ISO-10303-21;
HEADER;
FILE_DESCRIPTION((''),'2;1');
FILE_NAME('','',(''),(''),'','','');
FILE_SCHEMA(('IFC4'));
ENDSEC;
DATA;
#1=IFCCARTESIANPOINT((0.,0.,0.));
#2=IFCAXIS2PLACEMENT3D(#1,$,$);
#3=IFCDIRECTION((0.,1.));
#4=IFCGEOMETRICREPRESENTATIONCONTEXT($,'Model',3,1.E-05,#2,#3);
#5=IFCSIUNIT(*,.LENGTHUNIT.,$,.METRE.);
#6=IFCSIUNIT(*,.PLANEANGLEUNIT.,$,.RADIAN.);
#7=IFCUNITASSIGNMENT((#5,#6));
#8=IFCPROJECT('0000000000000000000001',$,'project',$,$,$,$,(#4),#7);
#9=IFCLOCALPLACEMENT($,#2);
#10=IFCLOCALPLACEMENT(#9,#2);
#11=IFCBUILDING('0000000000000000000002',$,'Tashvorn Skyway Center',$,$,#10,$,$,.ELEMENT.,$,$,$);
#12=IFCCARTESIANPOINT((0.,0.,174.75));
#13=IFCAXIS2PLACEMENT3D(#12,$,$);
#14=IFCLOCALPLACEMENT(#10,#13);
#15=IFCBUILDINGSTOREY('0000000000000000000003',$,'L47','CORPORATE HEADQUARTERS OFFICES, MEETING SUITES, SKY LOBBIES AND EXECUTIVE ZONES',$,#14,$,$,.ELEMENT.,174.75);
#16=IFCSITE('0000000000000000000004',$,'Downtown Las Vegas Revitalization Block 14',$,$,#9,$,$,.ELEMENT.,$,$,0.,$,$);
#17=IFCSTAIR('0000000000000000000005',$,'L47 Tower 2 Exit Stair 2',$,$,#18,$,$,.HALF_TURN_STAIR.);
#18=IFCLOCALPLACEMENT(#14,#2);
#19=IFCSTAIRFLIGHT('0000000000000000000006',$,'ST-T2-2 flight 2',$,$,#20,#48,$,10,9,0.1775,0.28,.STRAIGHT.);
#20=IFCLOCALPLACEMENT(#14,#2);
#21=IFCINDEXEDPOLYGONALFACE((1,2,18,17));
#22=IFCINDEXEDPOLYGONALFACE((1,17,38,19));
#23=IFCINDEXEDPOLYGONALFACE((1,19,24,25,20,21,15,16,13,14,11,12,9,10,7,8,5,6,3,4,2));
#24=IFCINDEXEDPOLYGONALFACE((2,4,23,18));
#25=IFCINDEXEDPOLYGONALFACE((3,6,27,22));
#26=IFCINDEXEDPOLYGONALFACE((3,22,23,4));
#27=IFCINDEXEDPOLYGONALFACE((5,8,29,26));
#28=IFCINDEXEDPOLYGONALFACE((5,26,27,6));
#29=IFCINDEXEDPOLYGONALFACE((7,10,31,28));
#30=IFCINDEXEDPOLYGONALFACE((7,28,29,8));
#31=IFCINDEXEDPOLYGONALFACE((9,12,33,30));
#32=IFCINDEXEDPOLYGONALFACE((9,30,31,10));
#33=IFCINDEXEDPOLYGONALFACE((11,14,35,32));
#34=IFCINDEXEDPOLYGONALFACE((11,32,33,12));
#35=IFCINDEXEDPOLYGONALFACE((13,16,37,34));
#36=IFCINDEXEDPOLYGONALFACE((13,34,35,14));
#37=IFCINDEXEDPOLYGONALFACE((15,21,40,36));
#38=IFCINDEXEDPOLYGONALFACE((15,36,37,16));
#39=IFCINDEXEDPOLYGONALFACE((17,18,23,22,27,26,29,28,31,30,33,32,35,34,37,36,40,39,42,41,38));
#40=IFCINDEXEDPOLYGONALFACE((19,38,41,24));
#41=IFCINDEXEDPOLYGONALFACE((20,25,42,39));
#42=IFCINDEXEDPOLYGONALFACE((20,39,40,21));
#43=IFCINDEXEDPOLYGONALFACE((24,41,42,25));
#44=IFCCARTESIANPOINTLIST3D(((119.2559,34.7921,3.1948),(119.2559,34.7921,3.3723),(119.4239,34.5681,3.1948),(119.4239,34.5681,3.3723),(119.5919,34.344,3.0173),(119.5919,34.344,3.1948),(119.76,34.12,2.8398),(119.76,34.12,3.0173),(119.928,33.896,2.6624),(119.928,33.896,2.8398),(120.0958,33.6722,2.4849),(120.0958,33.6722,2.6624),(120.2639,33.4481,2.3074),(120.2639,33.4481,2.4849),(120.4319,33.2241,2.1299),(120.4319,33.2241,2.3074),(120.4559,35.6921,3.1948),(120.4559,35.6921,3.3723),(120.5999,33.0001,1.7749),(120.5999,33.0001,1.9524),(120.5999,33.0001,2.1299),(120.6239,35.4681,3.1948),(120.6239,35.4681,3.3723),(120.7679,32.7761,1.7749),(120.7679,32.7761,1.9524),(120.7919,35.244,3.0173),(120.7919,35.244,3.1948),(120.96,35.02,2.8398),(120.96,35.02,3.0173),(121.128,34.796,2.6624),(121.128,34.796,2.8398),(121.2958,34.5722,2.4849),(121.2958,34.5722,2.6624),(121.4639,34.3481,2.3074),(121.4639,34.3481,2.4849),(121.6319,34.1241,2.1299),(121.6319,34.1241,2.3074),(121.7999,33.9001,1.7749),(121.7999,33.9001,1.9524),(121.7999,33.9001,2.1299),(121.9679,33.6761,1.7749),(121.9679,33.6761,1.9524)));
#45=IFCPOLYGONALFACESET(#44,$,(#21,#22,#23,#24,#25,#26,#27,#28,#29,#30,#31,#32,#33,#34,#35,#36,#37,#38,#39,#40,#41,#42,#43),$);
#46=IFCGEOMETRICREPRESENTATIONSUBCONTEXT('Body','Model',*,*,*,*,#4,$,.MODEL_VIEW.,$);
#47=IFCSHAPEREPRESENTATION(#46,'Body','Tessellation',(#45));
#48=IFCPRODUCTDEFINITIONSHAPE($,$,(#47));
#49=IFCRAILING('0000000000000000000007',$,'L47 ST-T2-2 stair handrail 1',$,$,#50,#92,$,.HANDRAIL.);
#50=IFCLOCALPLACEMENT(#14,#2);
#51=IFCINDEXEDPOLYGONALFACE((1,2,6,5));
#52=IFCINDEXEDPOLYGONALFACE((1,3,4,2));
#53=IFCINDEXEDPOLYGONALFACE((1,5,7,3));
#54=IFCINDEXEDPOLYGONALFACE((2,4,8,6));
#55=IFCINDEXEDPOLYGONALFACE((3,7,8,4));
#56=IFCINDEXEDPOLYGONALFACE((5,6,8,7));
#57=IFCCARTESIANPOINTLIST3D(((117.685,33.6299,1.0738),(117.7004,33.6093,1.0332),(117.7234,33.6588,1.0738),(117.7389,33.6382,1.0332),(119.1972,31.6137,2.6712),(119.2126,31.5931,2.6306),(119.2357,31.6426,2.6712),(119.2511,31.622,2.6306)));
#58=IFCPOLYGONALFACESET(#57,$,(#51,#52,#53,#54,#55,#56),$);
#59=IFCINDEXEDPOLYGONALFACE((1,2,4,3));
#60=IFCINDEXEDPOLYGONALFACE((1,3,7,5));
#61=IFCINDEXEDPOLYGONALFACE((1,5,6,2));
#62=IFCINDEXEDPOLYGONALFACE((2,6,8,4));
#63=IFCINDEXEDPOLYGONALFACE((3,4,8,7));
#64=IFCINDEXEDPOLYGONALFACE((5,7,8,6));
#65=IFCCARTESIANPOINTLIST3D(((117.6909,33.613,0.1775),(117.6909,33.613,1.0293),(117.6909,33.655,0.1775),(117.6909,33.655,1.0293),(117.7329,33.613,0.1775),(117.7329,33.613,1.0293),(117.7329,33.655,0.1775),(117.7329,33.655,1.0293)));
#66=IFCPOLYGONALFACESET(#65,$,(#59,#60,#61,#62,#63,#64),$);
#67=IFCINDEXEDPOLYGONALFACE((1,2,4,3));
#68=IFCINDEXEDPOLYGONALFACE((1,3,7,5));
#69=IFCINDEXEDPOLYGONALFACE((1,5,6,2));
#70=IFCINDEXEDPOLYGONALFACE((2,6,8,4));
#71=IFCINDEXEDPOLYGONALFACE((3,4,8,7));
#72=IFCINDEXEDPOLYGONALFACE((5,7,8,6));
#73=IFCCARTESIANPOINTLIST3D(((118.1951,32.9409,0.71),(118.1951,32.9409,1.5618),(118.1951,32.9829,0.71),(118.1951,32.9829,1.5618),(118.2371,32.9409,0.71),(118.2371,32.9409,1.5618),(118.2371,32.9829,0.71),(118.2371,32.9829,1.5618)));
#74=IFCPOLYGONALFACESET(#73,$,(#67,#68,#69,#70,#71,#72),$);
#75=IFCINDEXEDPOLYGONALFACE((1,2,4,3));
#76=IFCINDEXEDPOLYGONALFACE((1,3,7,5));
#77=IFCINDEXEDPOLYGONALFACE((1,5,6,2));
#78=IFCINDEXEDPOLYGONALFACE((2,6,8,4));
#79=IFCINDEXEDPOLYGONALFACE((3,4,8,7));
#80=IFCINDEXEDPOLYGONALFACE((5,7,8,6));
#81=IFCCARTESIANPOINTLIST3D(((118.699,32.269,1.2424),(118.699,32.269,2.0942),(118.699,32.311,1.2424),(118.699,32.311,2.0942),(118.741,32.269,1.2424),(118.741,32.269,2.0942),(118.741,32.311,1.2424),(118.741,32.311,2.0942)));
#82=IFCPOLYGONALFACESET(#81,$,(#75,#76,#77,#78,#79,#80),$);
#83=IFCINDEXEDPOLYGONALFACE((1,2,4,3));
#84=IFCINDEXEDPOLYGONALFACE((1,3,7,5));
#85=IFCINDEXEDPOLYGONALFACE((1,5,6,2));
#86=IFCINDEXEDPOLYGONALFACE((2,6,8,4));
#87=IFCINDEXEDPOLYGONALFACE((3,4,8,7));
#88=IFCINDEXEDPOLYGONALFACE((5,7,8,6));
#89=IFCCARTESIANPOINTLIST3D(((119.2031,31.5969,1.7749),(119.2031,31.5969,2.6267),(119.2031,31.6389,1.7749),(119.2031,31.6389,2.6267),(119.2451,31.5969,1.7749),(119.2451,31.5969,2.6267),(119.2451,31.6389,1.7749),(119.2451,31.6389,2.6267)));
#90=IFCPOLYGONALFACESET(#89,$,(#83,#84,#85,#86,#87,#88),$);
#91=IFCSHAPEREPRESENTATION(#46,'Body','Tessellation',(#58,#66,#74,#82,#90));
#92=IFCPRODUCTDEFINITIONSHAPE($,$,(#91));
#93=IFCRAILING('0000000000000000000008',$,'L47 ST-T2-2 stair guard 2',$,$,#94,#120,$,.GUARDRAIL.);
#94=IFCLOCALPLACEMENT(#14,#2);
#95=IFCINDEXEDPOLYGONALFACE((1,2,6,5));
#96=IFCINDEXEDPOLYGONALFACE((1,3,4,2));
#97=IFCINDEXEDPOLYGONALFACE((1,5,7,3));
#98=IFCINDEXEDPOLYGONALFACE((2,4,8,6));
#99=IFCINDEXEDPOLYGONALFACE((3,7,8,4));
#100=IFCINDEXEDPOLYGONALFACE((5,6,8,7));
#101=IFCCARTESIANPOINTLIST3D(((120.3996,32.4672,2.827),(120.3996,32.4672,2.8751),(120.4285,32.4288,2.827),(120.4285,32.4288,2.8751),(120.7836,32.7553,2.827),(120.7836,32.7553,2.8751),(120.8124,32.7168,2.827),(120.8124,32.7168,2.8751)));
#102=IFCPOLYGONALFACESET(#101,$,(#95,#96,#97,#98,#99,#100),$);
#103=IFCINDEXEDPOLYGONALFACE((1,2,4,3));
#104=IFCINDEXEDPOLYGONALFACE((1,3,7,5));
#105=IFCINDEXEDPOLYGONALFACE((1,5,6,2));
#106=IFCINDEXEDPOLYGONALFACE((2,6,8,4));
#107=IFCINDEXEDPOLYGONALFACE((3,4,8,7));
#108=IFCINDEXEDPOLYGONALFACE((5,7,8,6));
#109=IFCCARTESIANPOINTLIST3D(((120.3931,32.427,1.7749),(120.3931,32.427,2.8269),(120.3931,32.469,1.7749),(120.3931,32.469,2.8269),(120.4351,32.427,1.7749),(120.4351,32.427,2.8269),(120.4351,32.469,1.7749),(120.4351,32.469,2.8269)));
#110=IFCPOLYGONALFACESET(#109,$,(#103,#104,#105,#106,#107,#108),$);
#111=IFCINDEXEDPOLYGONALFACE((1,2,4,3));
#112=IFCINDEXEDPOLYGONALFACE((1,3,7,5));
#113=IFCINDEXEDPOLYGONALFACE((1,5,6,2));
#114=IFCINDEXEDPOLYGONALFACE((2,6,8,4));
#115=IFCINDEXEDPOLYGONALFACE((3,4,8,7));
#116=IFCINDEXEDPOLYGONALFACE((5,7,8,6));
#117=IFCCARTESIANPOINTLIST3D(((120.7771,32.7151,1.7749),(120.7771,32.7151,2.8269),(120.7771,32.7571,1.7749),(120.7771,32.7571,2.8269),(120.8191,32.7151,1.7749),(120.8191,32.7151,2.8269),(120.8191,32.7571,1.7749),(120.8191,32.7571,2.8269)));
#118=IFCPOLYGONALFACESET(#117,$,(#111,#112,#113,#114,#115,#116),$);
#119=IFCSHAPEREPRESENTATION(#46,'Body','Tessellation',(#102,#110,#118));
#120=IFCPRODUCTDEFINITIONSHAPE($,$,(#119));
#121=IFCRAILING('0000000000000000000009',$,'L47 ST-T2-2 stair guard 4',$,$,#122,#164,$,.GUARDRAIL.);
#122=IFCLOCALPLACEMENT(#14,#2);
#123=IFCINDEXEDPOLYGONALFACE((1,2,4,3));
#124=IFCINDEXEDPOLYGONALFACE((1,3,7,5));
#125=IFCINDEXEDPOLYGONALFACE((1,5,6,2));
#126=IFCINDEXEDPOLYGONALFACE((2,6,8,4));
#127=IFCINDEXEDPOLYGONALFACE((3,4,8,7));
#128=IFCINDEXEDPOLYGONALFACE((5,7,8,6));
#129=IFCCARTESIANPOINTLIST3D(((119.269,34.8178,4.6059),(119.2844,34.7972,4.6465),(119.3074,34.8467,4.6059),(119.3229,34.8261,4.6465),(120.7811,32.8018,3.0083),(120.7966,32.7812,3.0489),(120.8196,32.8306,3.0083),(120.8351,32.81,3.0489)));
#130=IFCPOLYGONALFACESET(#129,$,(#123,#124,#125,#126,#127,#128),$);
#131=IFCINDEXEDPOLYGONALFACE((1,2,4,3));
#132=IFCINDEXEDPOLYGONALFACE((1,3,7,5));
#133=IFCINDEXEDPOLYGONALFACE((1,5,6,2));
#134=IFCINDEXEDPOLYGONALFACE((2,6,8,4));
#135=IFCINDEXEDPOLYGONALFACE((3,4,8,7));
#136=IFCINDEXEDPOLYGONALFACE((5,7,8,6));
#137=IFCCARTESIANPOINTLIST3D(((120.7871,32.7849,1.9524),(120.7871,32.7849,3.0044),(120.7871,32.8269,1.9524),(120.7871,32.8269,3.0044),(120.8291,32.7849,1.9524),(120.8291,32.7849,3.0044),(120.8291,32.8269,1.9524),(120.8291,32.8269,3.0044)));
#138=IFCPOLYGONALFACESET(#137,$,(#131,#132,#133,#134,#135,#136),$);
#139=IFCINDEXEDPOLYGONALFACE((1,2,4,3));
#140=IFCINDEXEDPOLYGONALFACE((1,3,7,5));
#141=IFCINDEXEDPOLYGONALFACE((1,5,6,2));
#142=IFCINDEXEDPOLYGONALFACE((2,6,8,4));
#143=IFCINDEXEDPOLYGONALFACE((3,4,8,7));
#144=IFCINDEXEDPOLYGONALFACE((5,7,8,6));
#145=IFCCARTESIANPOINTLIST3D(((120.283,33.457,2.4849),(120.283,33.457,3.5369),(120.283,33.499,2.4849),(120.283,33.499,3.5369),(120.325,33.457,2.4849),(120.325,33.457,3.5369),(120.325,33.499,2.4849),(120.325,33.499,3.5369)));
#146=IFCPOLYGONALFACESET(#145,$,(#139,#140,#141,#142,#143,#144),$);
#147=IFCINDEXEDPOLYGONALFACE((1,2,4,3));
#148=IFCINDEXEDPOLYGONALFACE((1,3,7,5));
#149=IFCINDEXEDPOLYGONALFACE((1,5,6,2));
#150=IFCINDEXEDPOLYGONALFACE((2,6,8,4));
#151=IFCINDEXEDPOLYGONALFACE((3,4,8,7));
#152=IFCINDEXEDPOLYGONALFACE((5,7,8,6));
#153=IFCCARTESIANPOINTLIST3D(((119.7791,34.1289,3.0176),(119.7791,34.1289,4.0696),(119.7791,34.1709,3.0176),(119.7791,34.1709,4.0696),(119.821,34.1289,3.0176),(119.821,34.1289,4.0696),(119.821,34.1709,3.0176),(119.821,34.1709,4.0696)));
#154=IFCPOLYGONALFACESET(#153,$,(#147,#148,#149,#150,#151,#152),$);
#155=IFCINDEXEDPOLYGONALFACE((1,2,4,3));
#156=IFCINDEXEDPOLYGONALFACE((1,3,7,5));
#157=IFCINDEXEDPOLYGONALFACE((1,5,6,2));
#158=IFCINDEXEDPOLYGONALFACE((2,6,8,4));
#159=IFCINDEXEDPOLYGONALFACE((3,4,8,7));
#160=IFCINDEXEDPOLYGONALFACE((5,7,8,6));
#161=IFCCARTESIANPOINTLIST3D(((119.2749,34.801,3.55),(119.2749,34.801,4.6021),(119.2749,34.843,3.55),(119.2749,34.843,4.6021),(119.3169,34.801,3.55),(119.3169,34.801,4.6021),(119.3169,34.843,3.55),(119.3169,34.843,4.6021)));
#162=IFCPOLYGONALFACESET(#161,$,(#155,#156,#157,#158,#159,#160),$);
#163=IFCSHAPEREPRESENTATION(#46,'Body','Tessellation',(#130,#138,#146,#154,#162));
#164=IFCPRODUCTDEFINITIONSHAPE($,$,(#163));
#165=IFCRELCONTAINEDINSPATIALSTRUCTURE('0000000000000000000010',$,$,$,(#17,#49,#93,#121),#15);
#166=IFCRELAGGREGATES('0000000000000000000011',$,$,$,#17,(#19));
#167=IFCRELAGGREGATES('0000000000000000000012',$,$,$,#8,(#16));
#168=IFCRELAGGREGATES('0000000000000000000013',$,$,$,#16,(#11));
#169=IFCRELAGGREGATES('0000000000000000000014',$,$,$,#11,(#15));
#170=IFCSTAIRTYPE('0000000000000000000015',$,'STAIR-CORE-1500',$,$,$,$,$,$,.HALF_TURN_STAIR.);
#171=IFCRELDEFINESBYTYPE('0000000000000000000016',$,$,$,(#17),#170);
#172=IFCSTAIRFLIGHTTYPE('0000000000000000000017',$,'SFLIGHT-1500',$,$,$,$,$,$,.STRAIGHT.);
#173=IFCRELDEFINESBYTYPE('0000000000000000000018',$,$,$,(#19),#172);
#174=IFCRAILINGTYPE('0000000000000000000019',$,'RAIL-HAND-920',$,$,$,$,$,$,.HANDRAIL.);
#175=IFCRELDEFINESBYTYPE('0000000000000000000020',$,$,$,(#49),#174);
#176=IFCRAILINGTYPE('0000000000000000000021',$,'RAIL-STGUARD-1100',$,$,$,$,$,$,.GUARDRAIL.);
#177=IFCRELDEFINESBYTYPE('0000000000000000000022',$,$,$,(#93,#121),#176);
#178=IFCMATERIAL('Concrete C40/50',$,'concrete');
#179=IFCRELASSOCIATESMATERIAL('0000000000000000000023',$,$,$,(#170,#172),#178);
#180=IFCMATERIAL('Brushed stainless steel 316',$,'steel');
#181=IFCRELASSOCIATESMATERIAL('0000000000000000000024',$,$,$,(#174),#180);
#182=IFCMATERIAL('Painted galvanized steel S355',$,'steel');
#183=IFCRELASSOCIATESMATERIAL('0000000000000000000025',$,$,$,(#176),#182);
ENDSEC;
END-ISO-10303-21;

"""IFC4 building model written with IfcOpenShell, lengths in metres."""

from ifc_helpers import new_model, si_unit, direction, frame, origin, origin_2d, place, context, subcontext, project, spatial, polyline, rectangle, outline, extrude, material, type_object, element, aggregate, save


model = new_model("IFC4")

# Units and contexts
model_context = context("Model", 3, precision=1e-05, world=origin(), true_north=direction((0.0, 1.0)))
body_context = subcontext(model_context, "Body", "Model", "MODEL_VIEW")
ifc_project = project(units=[si_unit("LENGTHUNIT", "METRE"), si_unit("PLANEANGLEUNIT", "RADIAN")], contexts=[model_context])

# Site, building, storey
site_placement = place(None, origin())
site = spatial("IfcSite", under=ifc_project, at=site_placement, Name="Downtown Las Vegas Revitalization Block 14", CompositionType="ELEMENT", RefElevation=0.0)
building_placement = place(site_placement, origin())
building = spatial("IfcBuilding", under=site, at=building_placement, Name="Tashvorn Skyway Center", CompositionType="ELEMENT")
storey_placement = place(building_placement, frame((0.0, 0.0, 174.75)))
storey = spatial("IfcBuildingStorey", under=building, at=storey_placement, Name="L47", Description="CORPORATE HEADQUARTERS OFFICES, MEETING SUITES, SKY LOBBIES AND EXECUTIVE ZONES", CompositionType="ELEMENT", Elevation=174.75)

# Shared definitions
ifc_material_1 = material(Name="Concrete C40/50", Category="concrete")

# Stair, stair flight
stair_type = type_object("IfcStairType", Name="STAIR-CORE-1500", PredefinedType="HALF_TURN_STAIR", material=ifc_material_1)
stair_placement = place(storey_placement, origin())
stair = element("IfcStair", 1, at=stair_placement, inside=storey, type_object=stair_type, Name="L47 Tower 2 Exit Stair 2", PredefinedType="HALF_TURN_STAIR")
stair_flight_type = type_object("IfcStairFlightType", Name="SFLIGHT-1500", PredefinedType="STRAIGHT", material=ifc_material_1)
stair_flight_placement = place(storey_placement, frame((121.3679, 33.2261, 1.7749), z_axis=(0.0, 0.0, 1.0), x_axis=(-0.6, 0.8, 0.0)))
stair_flight = element("IfcStairFlight", 2, at=stair_flight_placement, type_object=stair_flight_type, Name="ST-T2-2 flight 2", NumberOfRisers=10, NumberOfTreads=9, PredefinedType="STRAIGHT", RiserHeight=0.1775, TreadLength=0.28, context=body_context, shape_type="SweptSolid", body=[
    extrude(outline(polyline([(0.0, 0.0), (0.0, 0.1775), (0.28, 0.1775), (0.28, 0.355), (0.5601, 0.355), (0.5601, 0.5325), (0.8401, 0.5325), (0.8401, 0.71), (1.1201, 0.71), (1.1201, 0.8875), (1.3999, 0.8875), (1.3999, 1.0649), (1.6799, 1.0649), (1.6799, 1.2424), (1.96, 1.2424), (1.96, 1.4199), (2.24, 1.4199), (2.24, 1.5974), (2.52, 1.5974), (2.52, 1.7749), (2.52, 1.4199), (0.28, 0.0), (0.0, 0.0)])), frame((0.0, 0.75, 0.0), z_axis=(0.0, -1.0, 0.0), x_axis=(1.0, 0.0, 0.0)), (0.0, 0.0, 1.0), 1.5),
])
aggregate(stair, [stair_flight])

# Railings
ifc_material_2 = material(Name="Brushed stainless steel 316", Category="steel")
railing_type_1 = type_object("IfcRailingType", Name="RAIL-HAND-920", PredefinedType="HANDRAIL", material=ifc_material_2)
railing_1_placement = place(storey_placement, frame((117.7119, 33.634, 0.1775)))
element("IfcRailing", 3, at=railing_1_placement, inside=storey, type_object=railing_type_1, Name="L47 ST-T2-2 stair handrail 1", PredefinedType="HANDRAIL", context=body_context, shape_type="SweptSolid", body=[
    extrude(rectangle(XDim=0.0481, YDim=0.0481, at=origin_2d()), frame((0.0, 0.0, 0.876), z_axis=(0.506802, -0.675681, 0.535357), x_axis=(0.799977, 0.600031, 0.0)), (0.0, 0.0, 1.0), 2.9839),
    extrude(rectangle(XDim=0.042, YDim=0.042, at=origin_2d()), origin(), (0.0, 0.0, 1.0), 0.8518),
    extrude(rectangle(XDim=0.042, YDim=0.042, at=origin_2d()), frame((0.5042, -0.6721, 0.5325)), (0.0, 0.0, 1.0), 0.8518),
    extrude(rectangle(XDim=0.042, YDim=0.042, at=origin_2d()), frame((1.0081, -1.344, 1.0649)), (0.0, 0.0, 1.0), 0.8518),
    extrude(rectangle(XDim=0.042, YDim=0.042, at=origin_2d()), frame((1.5122, -2.0161, 1.5974)), (0.0, 0.0, 1.0), 0.8518),
])
ifc_material_3 = material(Name="Painted galvanized steel S355", Category="steel")
railing_type_2 = type_object("IfcRailingType", Name="RAIL-STGUARD-1100", PredefinedType="GUARDRAIL", material=ifc_material_3)
railing_2_placement = place(storey_placement, frame((120.4141, 32.448, 1.7749)))
element("IfcRailing", 4, at=railing_2_placement, inside=storey, type_object=railing_type_2, Name="L47 ST-T2-2 stair guard 2", PredefinedType="GUARDRAIL", context=body_context, shape_type="SweptSolid", body=[
    extrude(rectangle(XDim=0.0481, YDim=0.0481, at=origin_2d()), frame((0.0, 0.0, 1.0762), z_axis=(0.799939, 0.600081, 0.0), x_axis=(-0.600081, 0.799939, 0.0)), (0.0, 0.0, 1.0), 0.48),
    extrude(rectangle(XDim=0.042, YDim=0.042, at=origin_2d()), origin(), (0.0, 0.0, 1.0), 1.052),
    extrude(rectangle(XDim=0.042, YDim=0.042, at=origin_2d()), frame((0.384, 0.2881, 0.0)), (0.0, 0.0, 1.0), 1.052),
])
railing_3_placement = place(storey_placement, frame((120.8081, 32.8059, 1.9524)))
element("IfcRailing", 5, at=railing_3_placement, inside=storey, type_object=railing_type_2, Name="L47 ST-T2-2 stair guard 4", PredefinedType="GUARDRAIL", context=body_context, shape_type="SweptSolid", body=[
    extrude(rectangle(XDim=0.0481, YDim=0.0481, at=origin_2d()), frame((0.0, 0.0, 1.0762), z_axis=(-0.506779, 0.675651, 0.535416), x_axis=(-0.799977, -0.600031, 0.0)), (0.0, 0.0, 1.0), 2.9839),
    extrude(rectangle(XDim=0.042, YDim=0.042, at=origin_2d()), origin(), (0.0, 0.0, 1.0), 1.052),
    extrude(rectangle(XDim=0.042, YDim=0.042, at=origin_2d()), frame((-0.5042, 0.6721, 0.5325)), (0.0, 0.0, 1.0), 1.052),
    extrude(rectangle(XDim=0.042, YDim=0.042, at=origin_2d()), frame((-1.0081, 1.344, 1.0652)), (0.0, 0.0, 1.0), 1.052),
    extrude(rectangle(XDim=0.042, YDim=0.042, at=origin_2d()), frame((-1.5122, 2.0161, 1.5977)), (0.0, 0.0, 1.0), 1.052),
])

save(model, "model.ifc")
